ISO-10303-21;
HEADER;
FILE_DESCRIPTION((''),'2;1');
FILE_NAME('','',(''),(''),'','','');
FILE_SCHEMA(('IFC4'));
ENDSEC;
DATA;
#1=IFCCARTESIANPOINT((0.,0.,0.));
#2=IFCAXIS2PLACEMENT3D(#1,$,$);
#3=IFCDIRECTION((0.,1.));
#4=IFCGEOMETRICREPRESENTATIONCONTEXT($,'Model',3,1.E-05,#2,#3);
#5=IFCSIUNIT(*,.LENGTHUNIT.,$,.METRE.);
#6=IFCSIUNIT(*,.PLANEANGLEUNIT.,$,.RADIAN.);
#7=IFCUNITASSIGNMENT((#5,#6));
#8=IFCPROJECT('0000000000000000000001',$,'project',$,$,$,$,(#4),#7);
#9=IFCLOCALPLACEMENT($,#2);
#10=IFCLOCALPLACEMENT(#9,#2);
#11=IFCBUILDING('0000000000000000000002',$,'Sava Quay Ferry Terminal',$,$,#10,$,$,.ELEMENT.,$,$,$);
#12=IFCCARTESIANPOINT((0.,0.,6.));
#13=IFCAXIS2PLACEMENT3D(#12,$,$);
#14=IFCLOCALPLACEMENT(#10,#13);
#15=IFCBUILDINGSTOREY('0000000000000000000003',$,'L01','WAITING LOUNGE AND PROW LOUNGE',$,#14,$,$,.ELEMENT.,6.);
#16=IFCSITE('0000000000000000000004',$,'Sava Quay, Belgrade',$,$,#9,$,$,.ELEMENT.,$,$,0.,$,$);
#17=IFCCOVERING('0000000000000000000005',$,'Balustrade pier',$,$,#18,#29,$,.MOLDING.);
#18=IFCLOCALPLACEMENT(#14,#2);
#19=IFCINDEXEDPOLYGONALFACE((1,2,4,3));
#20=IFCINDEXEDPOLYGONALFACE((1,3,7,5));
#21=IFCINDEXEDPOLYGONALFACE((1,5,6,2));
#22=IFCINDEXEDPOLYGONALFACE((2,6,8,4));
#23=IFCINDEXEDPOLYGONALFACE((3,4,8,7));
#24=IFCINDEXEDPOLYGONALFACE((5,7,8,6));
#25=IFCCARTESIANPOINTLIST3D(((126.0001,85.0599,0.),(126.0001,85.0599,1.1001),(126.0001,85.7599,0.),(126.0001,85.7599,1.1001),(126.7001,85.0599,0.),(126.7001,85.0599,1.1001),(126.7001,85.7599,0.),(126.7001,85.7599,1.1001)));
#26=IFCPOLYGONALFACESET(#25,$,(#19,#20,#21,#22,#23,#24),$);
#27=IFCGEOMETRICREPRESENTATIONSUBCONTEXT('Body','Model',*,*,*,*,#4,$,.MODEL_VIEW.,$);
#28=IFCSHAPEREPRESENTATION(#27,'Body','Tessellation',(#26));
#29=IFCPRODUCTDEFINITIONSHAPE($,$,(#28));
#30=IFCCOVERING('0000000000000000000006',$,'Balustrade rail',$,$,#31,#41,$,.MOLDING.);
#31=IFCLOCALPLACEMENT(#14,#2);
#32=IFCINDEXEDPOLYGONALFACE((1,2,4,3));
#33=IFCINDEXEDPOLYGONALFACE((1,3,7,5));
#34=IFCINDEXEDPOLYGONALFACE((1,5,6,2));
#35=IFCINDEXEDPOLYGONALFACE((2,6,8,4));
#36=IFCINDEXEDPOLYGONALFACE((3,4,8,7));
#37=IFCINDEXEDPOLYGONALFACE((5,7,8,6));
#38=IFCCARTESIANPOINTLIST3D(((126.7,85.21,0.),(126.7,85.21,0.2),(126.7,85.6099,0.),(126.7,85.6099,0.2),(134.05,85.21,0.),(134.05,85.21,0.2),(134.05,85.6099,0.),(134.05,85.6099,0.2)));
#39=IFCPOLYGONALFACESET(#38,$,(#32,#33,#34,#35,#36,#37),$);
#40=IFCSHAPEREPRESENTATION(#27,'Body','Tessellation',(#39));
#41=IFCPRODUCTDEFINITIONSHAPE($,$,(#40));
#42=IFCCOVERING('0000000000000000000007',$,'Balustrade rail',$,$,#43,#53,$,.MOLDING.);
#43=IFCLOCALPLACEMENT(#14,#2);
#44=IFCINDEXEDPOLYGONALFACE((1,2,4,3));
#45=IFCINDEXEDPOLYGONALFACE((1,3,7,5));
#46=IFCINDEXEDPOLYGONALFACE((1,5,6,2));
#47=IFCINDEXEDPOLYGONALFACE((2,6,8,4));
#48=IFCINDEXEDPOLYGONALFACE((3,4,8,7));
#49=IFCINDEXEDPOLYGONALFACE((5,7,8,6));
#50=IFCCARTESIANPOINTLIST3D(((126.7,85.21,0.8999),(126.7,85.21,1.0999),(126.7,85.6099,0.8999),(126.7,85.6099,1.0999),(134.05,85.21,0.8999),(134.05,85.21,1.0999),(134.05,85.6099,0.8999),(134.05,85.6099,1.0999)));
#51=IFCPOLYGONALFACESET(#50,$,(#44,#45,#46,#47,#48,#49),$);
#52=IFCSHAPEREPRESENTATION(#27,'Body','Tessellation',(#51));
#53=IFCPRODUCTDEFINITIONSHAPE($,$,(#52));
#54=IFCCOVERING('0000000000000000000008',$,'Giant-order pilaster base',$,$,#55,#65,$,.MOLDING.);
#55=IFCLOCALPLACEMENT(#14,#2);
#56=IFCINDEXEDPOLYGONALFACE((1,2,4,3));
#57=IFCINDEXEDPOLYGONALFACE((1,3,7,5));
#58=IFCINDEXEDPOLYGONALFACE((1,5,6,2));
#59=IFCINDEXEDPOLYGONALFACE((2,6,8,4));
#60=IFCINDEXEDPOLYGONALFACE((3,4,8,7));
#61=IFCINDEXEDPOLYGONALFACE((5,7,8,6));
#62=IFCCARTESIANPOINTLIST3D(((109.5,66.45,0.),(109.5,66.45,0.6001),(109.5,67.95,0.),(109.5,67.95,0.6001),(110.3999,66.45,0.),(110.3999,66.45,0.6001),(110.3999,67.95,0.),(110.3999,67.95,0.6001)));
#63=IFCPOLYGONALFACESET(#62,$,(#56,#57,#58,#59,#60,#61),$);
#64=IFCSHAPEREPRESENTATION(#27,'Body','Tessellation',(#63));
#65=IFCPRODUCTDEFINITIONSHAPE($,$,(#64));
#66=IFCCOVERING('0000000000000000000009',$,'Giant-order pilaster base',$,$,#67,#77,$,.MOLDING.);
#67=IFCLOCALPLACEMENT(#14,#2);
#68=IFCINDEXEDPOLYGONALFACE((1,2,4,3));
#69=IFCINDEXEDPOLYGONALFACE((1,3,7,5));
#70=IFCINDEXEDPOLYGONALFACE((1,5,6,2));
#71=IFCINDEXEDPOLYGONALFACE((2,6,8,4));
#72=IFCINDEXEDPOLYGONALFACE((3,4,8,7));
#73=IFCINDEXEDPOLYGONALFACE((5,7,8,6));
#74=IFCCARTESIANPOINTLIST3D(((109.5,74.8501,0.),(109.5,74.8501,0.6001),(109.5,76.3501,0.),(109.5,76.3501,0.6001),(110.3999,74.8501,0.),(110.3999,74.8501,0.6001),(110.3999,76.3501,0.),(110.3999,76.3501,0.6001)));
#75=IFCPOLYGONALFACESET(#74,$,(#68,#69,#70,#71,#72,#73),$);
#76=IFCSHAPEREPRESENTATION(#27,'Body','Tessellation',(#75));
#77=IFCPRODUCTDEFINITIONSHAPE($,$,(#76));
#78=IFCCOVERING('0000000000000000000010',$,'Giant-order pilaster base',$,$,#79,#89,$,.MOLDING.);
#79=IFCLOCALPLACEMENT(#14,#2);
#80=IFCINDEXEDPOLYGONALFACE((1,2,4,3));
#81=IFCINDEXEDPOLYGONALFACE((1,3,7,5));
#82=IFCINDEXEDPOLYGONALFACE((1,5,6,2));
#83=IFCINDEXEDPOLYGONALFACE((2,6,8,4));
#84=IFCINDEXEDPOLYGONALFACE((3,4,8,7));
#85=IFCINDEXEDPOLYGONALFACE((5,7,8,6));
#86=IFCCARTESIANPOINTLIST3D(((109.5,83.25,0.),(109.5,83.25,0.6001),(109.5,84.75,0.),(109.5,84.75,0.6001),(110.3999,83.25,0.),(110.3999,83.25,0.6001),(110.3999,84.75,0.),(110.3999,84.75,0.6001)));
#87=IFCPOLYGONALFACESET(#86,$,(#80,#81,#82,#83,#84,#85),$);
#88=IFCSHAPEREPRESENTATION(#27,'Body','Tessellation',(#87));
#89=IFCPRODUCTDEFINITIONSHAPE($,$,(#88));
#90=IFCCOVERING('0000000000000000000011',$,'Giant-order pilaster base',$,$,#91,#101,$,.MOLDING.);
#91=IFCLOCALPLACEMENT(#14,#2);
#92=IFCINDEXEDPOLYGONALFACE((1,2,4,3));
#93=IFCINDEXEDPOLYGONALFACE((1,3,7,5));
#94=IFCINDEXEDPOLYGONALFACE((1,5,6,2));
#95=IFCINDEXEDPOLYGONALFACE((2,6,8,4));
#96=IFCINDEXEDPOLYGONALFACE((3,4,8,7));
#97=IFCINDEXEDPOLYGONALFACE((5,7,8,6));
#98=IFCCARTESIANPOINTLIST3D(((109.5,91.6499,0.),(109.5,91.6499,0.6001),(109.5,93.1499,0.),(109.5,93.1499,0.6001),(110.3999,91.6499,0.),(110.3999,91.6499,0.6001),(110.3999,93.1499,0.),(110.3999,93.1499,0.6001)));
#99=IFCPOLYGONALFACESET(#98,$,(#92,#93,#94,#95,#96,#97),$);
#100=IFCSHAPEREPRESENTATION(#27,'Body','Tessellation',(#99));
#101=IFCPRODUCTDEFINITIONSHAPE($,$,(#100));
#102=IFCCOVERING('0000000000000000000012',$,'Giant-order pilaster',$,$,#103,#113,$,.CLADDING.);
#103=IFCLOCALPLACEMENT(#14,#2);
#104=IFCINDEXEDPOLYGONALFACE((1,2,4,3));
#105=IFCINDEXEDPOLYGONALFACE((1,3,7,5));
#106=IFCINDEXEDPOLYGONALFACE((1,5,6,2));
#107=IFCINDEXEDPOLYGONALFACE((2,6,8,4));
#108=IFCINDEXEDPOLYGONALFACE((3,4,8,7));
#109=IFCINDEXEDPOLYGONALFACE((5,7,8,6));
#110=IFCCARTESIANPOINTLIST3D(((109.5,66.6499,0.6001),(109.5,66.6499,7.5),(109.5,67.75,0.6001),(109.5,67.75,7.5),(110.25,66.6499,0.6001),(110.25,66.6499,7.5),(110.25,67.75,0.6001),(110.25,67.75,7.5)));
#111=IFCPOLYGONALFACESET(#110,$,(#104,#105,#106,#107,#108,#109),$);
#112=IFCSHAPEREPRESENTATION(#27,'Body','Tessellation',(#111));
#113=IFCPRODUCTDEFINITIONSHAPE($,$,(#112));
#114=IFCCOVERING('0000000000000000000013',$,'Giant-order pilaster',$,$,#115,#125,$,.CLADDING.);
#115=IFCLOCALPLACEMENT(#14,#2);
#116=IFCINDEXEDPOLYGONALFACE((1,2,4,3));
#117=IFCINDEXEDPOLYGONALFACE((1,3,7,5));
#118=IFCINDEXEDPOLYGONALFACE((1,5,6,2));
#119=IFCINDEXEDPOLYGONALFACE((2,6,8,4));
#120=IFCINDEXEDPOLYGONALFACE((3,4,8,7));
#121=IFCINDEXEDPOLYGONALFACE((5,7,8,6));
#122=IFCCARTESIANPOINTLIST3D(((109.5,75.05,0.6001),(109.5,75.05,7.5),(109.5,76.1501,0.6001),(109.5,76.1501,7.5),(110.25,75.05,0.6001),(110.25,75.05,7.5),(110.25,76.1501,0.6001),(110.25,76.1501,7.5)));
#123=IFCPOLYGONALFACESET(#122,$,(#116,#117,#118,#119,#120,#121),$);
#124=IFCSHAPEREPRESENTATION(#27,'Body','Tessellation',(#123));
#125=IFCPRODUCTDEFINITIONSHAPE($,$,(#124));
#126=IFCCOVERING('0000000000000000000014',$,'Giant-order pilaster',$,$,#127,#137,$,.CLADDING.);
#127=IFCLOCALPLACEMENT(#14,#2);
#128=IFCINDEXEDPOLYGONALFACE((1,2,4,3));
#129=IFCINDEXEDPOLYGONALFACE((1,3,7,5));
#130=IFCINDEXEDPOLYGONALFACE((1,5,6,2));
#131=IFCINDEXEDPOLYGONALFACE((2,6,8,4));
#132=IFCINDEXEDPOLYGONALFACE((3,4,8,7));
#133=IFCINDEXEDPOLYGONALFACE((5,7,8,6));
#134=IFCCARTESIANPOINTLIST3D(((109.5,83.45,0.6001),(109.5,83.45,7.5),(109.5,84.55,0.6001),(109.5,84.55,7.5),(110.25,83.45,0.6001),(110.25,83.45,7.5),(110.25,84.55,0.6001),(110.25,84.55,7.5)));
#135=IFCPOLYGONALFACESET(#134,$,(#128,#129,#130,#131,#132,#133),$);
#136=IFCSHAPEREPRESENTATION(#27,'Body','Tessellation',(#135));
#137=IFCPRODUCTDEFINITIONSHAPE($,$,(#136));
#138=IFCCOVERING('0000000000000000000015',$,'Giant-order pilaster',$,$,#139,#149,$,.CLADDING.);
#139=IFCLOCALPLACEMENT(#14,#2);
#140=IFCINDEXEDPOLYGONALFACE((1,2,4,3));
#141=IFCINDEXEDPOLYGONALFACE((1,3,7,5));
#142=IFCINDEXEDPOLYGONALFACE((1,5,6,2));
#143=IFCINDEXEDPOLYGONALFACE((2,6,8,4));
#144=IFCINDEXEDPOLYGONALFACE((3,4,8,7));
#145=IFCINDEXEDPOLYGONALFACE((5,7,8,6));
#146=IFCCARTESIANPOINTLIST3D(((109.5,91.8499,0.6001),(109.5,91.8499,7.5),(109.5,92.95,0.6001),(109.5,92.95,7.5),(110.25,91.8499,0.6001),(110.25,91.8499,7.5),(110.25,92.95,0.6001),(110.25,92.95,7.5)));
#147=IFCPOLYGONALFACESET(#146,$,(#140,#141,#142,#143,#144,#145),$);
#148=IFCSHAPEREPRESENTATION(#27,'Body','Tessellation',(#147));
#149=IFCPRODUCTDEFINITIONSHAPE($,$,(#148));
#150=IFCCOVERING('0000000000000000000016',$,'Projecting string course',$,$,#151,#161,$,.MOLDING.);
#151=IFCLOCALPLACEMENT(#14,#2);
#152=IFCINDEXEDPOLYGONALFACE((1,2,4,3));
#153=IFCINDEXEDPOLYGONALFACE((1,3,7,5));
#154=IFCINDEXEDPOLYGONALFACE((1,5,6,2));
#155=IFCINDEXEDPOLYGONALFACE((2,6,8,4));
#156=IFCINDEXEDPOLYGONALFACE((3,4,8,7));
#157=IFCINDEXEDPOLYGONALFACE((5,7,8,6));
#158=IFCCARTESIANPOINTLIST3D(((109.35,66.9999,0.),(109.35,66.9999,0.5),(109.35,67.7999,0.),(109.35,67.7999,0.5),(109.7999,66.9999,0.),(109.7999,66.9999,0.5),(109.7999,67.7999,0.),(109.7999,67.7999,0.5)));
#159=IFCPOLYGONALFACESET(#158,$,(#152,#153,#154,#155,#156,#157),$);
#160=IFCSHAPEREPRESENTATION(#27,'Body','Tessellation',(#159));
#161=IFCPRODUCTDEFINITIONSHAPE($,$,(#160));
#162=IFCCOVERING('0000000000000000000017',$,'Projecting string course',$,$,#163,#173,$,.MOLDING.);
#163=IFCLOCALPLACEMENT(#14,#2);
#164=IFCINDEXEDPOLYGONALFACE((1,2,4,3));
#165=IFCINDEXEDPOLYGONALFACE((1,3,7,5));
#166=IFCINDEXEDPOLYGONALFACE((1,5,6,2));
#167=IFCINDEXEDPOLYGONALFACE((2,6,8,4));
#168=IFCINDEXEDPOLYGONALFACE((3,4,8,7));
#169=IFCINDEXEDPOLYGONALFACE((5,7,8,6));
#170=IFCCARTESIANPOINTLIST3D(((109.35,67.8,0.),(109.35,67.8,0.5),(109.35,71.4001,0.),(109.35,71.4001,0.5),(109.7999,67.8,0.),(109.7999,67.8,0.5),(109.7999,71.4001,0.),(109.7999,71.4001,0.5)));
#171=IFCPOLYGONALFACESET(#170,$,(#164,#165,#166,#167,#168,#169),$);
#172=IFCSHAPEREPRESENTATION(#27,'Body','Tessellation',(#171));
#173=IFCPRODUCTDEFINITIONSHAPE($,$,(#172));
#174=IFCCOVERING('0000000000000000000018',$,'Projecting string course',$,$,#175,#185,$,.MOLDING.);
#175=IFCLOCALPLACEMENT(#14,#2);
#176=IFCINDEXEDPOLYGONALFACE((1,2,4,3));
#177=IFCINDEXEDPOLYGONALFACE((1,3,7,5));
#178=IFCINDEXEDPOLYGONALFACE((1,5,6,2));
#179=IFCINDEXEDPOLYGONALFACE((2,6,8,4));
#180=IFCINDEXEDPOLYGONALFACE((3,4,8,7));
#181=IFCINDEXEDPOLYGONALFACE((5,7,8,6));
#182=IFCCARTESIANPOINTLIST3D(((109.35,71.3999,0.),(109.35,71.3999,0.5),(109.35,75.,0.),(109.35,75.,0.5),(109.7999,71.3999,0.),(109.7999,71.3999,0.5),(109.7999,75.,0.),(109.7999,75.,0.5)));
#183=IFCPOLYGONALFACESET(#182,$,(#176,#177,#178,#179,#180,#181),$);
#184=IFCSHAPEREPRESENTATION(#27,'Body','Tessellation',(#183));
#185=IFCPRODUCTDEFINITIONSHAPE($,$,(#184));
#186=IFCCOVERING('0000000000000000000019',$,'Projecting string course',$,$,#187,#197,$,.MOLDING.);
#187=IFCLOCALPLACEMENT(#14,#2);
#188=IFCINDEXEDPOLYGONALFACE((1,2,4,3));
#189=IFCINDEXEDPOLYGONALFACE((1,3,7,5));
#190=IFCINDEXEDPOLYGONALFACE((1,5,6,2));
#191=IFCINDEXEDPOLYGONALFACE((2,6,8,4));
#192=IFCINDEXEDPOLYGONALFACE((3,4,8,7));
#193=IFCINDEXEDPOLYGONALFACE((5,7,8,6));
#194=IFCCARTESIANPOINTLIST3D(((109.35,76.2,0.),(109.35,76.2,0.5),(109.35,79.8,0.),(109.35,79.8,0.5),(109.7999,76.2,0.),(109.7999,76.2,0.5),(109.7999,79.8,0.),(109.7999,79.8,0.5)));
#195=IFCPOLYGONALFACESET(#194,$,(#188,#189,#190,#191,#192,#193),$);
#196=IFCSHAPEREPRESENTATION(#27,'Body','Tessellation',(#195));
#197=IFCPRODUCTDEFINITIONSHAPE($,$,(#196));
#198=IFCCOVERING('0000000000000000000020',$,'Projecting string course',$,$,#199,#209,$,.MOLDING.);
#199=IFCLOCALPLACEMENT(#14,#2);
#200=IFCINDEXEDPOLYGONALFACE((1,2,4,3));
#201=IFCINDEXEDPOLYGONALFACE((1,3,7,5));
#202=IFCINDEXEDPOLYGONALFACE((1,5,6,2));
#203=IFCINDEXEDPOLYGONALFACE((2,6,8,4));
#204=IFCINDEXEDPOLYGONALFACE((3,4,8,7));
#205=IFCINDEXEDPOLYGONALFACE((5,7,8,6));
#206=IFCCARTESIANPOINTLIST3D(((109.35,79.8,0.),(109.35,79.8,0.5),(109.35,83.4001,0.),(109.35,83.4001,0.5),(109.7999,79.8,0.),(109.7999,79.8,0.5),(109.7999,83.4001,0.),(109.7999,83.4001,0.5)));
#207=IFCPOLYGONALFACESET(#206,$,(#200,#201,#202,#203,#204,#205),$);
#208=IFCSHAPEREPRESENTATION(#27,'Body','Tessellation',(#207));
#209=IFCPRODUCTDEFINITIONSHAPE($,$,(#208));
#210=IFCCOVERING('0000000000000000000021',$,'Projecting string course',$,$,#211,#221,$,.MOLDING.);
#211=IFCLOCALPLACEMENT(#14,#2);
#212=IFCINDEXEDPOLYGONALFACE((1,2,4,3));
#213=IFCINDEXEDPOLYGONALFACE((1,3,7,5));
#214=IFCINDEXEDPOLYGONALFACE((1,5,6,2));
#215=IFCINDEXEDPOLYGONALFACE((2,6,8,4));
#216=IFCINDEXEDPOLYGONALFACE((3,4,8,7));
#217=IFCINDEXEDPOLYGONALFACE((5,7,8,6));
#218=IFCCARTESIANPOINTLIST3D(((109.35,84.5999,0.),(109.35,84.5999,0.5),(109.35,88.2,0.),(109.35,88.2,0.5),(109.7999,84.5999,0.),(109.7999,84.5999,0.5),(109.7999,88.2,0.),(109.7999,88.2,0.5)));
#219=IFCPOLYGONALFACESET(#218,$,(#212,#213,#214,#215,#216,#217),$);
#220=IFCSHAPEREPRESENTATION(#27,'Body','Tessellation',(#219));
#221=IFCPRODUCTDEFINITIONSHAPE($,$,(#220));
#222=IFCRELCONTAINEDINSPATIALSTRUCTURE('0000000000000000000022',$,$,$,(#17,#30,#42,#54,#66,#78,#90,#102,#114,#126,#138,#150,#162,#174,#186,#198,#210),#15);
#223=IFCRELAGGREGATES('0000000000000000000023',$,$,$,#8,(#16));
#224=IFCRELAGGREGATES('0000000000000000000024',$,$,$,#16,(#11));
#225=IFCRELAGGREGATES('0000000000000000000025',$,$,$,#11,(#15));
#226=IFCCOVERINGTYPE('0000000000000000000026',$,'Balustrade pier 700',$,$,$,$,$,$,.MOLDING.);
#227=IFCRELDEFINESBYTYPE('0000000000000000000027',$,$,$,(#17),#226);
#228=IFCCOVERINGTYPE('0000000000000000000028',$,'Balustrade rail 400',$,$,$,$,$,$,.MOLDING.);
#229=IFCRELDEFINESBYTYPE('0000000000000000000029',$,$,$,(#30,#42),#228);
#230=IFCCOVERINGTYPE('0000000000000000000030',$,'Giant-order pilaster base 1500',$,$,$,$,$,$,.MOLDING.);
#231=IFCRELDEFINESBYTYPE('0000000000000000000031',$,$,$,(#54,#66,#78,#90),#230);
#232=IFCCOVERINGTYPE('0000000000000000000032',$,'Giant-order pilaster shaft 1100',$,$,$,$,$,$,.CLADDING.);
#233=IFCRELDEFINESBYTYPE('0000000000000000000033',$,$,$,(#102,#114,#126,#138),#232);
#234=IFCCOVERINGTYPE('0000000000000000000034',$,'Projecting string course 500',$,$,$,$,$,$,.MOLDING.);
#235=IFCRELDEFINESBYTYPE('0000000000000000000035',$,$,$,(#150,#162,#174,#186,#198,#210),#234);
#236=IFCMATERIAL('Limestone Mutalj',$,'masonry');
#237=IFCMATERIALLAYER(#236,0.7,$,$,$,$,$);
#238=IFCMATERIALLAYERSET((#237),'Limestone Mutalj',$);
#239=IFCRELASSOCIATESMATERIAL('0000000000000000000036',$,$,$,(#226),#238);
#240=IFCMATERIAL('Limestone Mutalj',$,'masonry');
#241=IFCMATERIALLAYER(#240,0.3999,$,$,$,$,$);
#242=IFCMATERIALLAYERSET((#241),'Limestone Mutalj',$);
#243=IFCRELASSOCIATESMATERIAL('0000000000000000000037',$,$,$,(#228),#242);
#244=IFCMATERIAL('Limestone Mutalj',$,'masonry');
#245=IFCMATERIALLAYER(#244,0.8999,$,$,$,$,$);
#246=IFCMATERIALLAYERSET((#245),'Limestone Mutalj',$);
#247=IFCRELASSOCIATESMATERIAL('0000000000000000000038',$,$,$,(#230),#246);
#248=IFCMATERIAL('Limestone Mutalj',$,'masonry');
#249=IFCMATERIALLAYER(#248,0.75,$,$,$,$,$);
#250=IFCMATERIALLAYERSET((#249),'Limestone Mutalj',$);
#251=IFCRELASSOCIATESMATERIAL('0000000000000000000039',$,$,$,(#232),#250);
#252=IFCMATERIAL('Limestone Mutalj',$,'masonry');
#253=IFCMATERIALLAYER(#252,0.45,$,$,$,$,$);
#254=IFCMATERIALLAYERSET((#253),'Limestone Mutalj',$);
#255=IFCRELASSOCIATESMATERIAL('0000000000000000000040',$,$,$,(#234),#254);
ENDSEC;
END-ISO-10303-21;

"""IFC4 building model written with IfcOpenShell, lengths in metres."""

from ifc_helpers import new_model, si_unit, direction, frame, origin, origin_2d, place, context, subcontext, project, spatial, rectangle, extrude, material, layer, layer_set, type_object, element, save


model = new_model("IFC4")

# Units and contexts
model_context = context("Model", 3, precision=1e-05, world=origin(), true_north=direction((0.0, 1.0)))
body_context = subcontext(model_context, "Body", "Model", "MODEL_VIEW")
ifc_project = project(units=[si_unit("LENGTHUNIT", "METRE"), si_unit("PLANEANGLEUNIT", "RADIAN")], contexts=[model_context])

# Site, building, storey
site_placement = place(None, origin())
site = spatial("IfcSite", under=ifc_project, at=site_placement, Name="Sava Quay, Belgrade", CompositionType="ELEMENT", RefElevation=0.0)
building_placement = place(site_placement, origin())
building = spatial("IfcBuilding", under=site, at=building_placement, Name="Sava Quay Ferry Terminal", CompositionType="ELEMENT")
storey_placement = place(building_placement, frame((0.0, 0.0, 6.0)))
storey = spatial("IfcBuildingStorey", under=building, at=storey_placement, Name="L01", Description="WAITING LOUNGE AND PROW LOUNGE", CompositionType="ELEMENT", Elevation=6.0)

# Coverings
ifc_material_1 = material(Name="Limestone Mutalj", Category="masonry")
ifc_layer_1 = layer(ifc_material_1, 0.7)
ifc_layer_set_1 = layer_set([ifc_layer_1], Name="Limestone Mutalj")
covering_type_1 = type_object("IfcCoveringType", Name="Balustrade pier 700", PredefinedType="MOLDING", material=ifc_layer_set_1)
covering_1_placement = place(storey_placement, frame((126.3501, 85.4099, 0.0), z_axis=(0.0, 0.0, 1.0), x_axis=(1.0, 0.0, 0.0)))
element("IfcCovering", 1, at=covering_1_placement, inside=storey, type_object=covering_type_1, Name="Balustrade pier", PredefinedType="MOLDING", context=body_context, shape_type="SweptSolid", body=[
    extrude(rectangle(XDim=0.7, YDim=0.7, at=origin_2d()), origin(), (0.0, 0.0, 1.0), 1.1001),
])
ifc_material_2 = material(Name="Limestone Mutalj", Category="masonry")
ifc_layer_2 = layer(ifc_material_2, 0.3999)
ifc_layer_set_2 = layer_set([ifc_layer_2], Name="Limestone Mutalj")
covering_type_2 = type_object("IfcCoveringType", Name="Balustrade rail 400", PredefinedType="MOLDING", material=ifc_layer_set_2)
for number, where, z_axis, x_axis, name in (
    (2, (130.375, 85.4099, 0.0), (0.0, 0.0, 1.0), (1.0, 0.0, 0.0), "Balustrade rail"),
    (3, (130.375, 85.4099, 0.8999), (0.0, 0.0, 1.0), (1.0, 0.0, 0.0), "Balustrade rail"),
):
    element("IfcCovering", number, at=place(storey_placement, frame(where, z_axis=z_axis, x_axis=x_axis)), inside=storey, type_object=covering_type_2, Name=name, PredefinedType="MOLDING", context=body_context, shape_type="SweptSolid", body=[
        extrude(rectangle(XDim=7.3501, YDim=0.3999, at=origin_2d()), origin(), (0.0, 0.0, 1.0), 0.2),
    ])
ifc_material_3 = material(Name="Limestone Mutalj", Category="masonry")
ifc_layer_3 = layer(ifc_material_3, 0.8999)
ifc_layer_set_3 = layer_set([ifc_layer_3], Name="Limestone Mutalj")
covering_type_3 = type_object("IfcCoveringType", Name="Giant-order pilaster base 1500", PredefinedType="MOLDING", material=ifc_layer_set_3)
for number, where, z_axis, x_axis, name in (
    (4, (109.95, 67.2, 0.0), (0.0, 0.0, 1.0), (1.0, 0.0, 0.0), "Giant-order pilaster base"),
    (5, (109.95, 75.6001, 0.0), (0.0, 0.0, 1.0), (1.0, 0.0, 0.0), "Giant-order pilaster base"),
    (6, (109.95, 84.0, 0.0), (0.0, 0.0, 1.0), (1.0, 0.0, 0.0), "Giant-order pilaster base"),
    (7, (109.95, 92.3999, 0.0), (0.0, 0.0, 1.0), (1.0, 0.0, 0.0), "Giant-order pilaster base"),
):
    element("IfcCovering", number, at=place(storey_placement, frame(where, z_axis=z_axis, x_axis=x_axis)), inside=storey, type_object=covering_type_3, Name=name, PredefinedType="MOLDING", context=body_context, shape_type="SweptSolid", body=[
        extrude(rectangle(XDim=0.8999, YDim=1.5, at=origin_2d()), origin(), (0.0, 0.0, 1.0), 0.6001),
    ])
ifc_material_4 = material(Name="Limestone Mutalj", Category="masonry")
ifc_layer_4 = layer(ifc_material_4, 0.75)
ifc_layer_set_4 = layer_set([ifc_layer_4], Name="Limestone Mutalj")
covering_type_4 = type_object("IfcCoveringType", Name="Giant-order pilaster shaft 1100", PredefinedType="CLADDING", material=ifc_layer_set_4)
for number, where, z_axis, x_axis, name in (
    (8, (109.875, 67.2, 0.6001), (0.0, 0.0, 1.0), (1.0, 0.0, 0.0), "Giant-order pilaster"),
    (9, (109.875, 75.6001, 0.6001), (0.0, 0.0, 1.0), (1.0, 0.0, 0.0), "Giant-order pilaster"),
    (10, (109.875, 84.0, 0.6001), (0.0, 0.0, 1.0), (1.0, 0.0, 0.0), "Giant-order pilaster"),
    (11, (109.875, 92.3999, 0.6001), (0.0, 0.0, 1.0), (1.0, 0.0, 0.0), "Giant-order pilaster"),
):
    element("IfcCovering", number, at=place(storey_placement, frame(where, z_axis=z_axis, x_axis=x_axis)), inside=storey, type_object=covering_type_4, Name=name, PredefinedType="CLADDING", context=body_context, shape_type="SweptSolid", body=[
        extrude(rectangle(XDim=0.75, YDim=1.1001, at=origin_2d()), origin(), (0.0, 0.0, 1.0), 6.8999),
    ])
ifc_material_5 = material(Name="Limestone Mutalj", Category="masonry")
ifc_layer_5 = layer(ifc_material_5, 0.45)
ifc_layer_set_5 = layer_set([ifc_layer_5], Name="Limestone Mutalj")
covering_type_5 = type_object("IfcCoveringType", Name="Projecting string course 500", PredefinedType="MOLDING", material=ifc_layer_set_5)
covering_2_placement = place(storey_placement, frame((109.575, 67.3999, 0.0), z_axis=(0.0, 0.0, 1.0), x_axis=(1.0, 0.0, 0.0)))
element("IfcCovering", 12, at=covering_2_placement, inside=storey, type_object=covering_type_5, Name="Projecting string course", PredefinedType="MOLDING", context=body_context, shape_type="SweptSolid", body=[
    extrude(rectangle(XDim=0.45, YDim=0.8, at=origin_2d()), origin(), (0.0, 0.0, 1.0), 0.5),
])
for number, where, z_axis, x_axis, name in (
    (13, (109.575, 69.6001, 0.0), (0.0, 0.0, 1.0), (1.0, 0.0, 0.0), "Projecting string course"),
    (14, (109.575, 73.2, 0.0), (0.0, 0.0, 1.0), (1.0, 0.0, 0.0), "Projecting string course"),
    (15, (109.575, 78.0, 0.0), (0.0, 0.0, 1.0), (1.0, 0.0, 0.0), "Projecting string course"),
    (16, (109.575, 81.6001, 0.0), (0.0, 0.0, 1.0), (1.0, 0.0, 0.0), "Projecting string course"),
    (17, (109.575, 86.3999, 0.0), (0.0, 0.0, 1.0), (1.0, 0.0, 0.0), "Projecting string course"),
):
    element("IfcCovering", number, at=place(storey_placement, frame(where, z_axis=z_axis, x_axis=x_axis)), inside=storey, type_object=covering_type_5, Name=name, PredefinedType="MOLDING", context=body_context, shape_type="SweptSolid", body=[
        extrude(rectangle(XDim=0.45, YDim=3.6001, at=origin_2d()), origin(), (0.0, 0.0, 1.0), 0.5),
    ])

save(model, "model.ifc")
